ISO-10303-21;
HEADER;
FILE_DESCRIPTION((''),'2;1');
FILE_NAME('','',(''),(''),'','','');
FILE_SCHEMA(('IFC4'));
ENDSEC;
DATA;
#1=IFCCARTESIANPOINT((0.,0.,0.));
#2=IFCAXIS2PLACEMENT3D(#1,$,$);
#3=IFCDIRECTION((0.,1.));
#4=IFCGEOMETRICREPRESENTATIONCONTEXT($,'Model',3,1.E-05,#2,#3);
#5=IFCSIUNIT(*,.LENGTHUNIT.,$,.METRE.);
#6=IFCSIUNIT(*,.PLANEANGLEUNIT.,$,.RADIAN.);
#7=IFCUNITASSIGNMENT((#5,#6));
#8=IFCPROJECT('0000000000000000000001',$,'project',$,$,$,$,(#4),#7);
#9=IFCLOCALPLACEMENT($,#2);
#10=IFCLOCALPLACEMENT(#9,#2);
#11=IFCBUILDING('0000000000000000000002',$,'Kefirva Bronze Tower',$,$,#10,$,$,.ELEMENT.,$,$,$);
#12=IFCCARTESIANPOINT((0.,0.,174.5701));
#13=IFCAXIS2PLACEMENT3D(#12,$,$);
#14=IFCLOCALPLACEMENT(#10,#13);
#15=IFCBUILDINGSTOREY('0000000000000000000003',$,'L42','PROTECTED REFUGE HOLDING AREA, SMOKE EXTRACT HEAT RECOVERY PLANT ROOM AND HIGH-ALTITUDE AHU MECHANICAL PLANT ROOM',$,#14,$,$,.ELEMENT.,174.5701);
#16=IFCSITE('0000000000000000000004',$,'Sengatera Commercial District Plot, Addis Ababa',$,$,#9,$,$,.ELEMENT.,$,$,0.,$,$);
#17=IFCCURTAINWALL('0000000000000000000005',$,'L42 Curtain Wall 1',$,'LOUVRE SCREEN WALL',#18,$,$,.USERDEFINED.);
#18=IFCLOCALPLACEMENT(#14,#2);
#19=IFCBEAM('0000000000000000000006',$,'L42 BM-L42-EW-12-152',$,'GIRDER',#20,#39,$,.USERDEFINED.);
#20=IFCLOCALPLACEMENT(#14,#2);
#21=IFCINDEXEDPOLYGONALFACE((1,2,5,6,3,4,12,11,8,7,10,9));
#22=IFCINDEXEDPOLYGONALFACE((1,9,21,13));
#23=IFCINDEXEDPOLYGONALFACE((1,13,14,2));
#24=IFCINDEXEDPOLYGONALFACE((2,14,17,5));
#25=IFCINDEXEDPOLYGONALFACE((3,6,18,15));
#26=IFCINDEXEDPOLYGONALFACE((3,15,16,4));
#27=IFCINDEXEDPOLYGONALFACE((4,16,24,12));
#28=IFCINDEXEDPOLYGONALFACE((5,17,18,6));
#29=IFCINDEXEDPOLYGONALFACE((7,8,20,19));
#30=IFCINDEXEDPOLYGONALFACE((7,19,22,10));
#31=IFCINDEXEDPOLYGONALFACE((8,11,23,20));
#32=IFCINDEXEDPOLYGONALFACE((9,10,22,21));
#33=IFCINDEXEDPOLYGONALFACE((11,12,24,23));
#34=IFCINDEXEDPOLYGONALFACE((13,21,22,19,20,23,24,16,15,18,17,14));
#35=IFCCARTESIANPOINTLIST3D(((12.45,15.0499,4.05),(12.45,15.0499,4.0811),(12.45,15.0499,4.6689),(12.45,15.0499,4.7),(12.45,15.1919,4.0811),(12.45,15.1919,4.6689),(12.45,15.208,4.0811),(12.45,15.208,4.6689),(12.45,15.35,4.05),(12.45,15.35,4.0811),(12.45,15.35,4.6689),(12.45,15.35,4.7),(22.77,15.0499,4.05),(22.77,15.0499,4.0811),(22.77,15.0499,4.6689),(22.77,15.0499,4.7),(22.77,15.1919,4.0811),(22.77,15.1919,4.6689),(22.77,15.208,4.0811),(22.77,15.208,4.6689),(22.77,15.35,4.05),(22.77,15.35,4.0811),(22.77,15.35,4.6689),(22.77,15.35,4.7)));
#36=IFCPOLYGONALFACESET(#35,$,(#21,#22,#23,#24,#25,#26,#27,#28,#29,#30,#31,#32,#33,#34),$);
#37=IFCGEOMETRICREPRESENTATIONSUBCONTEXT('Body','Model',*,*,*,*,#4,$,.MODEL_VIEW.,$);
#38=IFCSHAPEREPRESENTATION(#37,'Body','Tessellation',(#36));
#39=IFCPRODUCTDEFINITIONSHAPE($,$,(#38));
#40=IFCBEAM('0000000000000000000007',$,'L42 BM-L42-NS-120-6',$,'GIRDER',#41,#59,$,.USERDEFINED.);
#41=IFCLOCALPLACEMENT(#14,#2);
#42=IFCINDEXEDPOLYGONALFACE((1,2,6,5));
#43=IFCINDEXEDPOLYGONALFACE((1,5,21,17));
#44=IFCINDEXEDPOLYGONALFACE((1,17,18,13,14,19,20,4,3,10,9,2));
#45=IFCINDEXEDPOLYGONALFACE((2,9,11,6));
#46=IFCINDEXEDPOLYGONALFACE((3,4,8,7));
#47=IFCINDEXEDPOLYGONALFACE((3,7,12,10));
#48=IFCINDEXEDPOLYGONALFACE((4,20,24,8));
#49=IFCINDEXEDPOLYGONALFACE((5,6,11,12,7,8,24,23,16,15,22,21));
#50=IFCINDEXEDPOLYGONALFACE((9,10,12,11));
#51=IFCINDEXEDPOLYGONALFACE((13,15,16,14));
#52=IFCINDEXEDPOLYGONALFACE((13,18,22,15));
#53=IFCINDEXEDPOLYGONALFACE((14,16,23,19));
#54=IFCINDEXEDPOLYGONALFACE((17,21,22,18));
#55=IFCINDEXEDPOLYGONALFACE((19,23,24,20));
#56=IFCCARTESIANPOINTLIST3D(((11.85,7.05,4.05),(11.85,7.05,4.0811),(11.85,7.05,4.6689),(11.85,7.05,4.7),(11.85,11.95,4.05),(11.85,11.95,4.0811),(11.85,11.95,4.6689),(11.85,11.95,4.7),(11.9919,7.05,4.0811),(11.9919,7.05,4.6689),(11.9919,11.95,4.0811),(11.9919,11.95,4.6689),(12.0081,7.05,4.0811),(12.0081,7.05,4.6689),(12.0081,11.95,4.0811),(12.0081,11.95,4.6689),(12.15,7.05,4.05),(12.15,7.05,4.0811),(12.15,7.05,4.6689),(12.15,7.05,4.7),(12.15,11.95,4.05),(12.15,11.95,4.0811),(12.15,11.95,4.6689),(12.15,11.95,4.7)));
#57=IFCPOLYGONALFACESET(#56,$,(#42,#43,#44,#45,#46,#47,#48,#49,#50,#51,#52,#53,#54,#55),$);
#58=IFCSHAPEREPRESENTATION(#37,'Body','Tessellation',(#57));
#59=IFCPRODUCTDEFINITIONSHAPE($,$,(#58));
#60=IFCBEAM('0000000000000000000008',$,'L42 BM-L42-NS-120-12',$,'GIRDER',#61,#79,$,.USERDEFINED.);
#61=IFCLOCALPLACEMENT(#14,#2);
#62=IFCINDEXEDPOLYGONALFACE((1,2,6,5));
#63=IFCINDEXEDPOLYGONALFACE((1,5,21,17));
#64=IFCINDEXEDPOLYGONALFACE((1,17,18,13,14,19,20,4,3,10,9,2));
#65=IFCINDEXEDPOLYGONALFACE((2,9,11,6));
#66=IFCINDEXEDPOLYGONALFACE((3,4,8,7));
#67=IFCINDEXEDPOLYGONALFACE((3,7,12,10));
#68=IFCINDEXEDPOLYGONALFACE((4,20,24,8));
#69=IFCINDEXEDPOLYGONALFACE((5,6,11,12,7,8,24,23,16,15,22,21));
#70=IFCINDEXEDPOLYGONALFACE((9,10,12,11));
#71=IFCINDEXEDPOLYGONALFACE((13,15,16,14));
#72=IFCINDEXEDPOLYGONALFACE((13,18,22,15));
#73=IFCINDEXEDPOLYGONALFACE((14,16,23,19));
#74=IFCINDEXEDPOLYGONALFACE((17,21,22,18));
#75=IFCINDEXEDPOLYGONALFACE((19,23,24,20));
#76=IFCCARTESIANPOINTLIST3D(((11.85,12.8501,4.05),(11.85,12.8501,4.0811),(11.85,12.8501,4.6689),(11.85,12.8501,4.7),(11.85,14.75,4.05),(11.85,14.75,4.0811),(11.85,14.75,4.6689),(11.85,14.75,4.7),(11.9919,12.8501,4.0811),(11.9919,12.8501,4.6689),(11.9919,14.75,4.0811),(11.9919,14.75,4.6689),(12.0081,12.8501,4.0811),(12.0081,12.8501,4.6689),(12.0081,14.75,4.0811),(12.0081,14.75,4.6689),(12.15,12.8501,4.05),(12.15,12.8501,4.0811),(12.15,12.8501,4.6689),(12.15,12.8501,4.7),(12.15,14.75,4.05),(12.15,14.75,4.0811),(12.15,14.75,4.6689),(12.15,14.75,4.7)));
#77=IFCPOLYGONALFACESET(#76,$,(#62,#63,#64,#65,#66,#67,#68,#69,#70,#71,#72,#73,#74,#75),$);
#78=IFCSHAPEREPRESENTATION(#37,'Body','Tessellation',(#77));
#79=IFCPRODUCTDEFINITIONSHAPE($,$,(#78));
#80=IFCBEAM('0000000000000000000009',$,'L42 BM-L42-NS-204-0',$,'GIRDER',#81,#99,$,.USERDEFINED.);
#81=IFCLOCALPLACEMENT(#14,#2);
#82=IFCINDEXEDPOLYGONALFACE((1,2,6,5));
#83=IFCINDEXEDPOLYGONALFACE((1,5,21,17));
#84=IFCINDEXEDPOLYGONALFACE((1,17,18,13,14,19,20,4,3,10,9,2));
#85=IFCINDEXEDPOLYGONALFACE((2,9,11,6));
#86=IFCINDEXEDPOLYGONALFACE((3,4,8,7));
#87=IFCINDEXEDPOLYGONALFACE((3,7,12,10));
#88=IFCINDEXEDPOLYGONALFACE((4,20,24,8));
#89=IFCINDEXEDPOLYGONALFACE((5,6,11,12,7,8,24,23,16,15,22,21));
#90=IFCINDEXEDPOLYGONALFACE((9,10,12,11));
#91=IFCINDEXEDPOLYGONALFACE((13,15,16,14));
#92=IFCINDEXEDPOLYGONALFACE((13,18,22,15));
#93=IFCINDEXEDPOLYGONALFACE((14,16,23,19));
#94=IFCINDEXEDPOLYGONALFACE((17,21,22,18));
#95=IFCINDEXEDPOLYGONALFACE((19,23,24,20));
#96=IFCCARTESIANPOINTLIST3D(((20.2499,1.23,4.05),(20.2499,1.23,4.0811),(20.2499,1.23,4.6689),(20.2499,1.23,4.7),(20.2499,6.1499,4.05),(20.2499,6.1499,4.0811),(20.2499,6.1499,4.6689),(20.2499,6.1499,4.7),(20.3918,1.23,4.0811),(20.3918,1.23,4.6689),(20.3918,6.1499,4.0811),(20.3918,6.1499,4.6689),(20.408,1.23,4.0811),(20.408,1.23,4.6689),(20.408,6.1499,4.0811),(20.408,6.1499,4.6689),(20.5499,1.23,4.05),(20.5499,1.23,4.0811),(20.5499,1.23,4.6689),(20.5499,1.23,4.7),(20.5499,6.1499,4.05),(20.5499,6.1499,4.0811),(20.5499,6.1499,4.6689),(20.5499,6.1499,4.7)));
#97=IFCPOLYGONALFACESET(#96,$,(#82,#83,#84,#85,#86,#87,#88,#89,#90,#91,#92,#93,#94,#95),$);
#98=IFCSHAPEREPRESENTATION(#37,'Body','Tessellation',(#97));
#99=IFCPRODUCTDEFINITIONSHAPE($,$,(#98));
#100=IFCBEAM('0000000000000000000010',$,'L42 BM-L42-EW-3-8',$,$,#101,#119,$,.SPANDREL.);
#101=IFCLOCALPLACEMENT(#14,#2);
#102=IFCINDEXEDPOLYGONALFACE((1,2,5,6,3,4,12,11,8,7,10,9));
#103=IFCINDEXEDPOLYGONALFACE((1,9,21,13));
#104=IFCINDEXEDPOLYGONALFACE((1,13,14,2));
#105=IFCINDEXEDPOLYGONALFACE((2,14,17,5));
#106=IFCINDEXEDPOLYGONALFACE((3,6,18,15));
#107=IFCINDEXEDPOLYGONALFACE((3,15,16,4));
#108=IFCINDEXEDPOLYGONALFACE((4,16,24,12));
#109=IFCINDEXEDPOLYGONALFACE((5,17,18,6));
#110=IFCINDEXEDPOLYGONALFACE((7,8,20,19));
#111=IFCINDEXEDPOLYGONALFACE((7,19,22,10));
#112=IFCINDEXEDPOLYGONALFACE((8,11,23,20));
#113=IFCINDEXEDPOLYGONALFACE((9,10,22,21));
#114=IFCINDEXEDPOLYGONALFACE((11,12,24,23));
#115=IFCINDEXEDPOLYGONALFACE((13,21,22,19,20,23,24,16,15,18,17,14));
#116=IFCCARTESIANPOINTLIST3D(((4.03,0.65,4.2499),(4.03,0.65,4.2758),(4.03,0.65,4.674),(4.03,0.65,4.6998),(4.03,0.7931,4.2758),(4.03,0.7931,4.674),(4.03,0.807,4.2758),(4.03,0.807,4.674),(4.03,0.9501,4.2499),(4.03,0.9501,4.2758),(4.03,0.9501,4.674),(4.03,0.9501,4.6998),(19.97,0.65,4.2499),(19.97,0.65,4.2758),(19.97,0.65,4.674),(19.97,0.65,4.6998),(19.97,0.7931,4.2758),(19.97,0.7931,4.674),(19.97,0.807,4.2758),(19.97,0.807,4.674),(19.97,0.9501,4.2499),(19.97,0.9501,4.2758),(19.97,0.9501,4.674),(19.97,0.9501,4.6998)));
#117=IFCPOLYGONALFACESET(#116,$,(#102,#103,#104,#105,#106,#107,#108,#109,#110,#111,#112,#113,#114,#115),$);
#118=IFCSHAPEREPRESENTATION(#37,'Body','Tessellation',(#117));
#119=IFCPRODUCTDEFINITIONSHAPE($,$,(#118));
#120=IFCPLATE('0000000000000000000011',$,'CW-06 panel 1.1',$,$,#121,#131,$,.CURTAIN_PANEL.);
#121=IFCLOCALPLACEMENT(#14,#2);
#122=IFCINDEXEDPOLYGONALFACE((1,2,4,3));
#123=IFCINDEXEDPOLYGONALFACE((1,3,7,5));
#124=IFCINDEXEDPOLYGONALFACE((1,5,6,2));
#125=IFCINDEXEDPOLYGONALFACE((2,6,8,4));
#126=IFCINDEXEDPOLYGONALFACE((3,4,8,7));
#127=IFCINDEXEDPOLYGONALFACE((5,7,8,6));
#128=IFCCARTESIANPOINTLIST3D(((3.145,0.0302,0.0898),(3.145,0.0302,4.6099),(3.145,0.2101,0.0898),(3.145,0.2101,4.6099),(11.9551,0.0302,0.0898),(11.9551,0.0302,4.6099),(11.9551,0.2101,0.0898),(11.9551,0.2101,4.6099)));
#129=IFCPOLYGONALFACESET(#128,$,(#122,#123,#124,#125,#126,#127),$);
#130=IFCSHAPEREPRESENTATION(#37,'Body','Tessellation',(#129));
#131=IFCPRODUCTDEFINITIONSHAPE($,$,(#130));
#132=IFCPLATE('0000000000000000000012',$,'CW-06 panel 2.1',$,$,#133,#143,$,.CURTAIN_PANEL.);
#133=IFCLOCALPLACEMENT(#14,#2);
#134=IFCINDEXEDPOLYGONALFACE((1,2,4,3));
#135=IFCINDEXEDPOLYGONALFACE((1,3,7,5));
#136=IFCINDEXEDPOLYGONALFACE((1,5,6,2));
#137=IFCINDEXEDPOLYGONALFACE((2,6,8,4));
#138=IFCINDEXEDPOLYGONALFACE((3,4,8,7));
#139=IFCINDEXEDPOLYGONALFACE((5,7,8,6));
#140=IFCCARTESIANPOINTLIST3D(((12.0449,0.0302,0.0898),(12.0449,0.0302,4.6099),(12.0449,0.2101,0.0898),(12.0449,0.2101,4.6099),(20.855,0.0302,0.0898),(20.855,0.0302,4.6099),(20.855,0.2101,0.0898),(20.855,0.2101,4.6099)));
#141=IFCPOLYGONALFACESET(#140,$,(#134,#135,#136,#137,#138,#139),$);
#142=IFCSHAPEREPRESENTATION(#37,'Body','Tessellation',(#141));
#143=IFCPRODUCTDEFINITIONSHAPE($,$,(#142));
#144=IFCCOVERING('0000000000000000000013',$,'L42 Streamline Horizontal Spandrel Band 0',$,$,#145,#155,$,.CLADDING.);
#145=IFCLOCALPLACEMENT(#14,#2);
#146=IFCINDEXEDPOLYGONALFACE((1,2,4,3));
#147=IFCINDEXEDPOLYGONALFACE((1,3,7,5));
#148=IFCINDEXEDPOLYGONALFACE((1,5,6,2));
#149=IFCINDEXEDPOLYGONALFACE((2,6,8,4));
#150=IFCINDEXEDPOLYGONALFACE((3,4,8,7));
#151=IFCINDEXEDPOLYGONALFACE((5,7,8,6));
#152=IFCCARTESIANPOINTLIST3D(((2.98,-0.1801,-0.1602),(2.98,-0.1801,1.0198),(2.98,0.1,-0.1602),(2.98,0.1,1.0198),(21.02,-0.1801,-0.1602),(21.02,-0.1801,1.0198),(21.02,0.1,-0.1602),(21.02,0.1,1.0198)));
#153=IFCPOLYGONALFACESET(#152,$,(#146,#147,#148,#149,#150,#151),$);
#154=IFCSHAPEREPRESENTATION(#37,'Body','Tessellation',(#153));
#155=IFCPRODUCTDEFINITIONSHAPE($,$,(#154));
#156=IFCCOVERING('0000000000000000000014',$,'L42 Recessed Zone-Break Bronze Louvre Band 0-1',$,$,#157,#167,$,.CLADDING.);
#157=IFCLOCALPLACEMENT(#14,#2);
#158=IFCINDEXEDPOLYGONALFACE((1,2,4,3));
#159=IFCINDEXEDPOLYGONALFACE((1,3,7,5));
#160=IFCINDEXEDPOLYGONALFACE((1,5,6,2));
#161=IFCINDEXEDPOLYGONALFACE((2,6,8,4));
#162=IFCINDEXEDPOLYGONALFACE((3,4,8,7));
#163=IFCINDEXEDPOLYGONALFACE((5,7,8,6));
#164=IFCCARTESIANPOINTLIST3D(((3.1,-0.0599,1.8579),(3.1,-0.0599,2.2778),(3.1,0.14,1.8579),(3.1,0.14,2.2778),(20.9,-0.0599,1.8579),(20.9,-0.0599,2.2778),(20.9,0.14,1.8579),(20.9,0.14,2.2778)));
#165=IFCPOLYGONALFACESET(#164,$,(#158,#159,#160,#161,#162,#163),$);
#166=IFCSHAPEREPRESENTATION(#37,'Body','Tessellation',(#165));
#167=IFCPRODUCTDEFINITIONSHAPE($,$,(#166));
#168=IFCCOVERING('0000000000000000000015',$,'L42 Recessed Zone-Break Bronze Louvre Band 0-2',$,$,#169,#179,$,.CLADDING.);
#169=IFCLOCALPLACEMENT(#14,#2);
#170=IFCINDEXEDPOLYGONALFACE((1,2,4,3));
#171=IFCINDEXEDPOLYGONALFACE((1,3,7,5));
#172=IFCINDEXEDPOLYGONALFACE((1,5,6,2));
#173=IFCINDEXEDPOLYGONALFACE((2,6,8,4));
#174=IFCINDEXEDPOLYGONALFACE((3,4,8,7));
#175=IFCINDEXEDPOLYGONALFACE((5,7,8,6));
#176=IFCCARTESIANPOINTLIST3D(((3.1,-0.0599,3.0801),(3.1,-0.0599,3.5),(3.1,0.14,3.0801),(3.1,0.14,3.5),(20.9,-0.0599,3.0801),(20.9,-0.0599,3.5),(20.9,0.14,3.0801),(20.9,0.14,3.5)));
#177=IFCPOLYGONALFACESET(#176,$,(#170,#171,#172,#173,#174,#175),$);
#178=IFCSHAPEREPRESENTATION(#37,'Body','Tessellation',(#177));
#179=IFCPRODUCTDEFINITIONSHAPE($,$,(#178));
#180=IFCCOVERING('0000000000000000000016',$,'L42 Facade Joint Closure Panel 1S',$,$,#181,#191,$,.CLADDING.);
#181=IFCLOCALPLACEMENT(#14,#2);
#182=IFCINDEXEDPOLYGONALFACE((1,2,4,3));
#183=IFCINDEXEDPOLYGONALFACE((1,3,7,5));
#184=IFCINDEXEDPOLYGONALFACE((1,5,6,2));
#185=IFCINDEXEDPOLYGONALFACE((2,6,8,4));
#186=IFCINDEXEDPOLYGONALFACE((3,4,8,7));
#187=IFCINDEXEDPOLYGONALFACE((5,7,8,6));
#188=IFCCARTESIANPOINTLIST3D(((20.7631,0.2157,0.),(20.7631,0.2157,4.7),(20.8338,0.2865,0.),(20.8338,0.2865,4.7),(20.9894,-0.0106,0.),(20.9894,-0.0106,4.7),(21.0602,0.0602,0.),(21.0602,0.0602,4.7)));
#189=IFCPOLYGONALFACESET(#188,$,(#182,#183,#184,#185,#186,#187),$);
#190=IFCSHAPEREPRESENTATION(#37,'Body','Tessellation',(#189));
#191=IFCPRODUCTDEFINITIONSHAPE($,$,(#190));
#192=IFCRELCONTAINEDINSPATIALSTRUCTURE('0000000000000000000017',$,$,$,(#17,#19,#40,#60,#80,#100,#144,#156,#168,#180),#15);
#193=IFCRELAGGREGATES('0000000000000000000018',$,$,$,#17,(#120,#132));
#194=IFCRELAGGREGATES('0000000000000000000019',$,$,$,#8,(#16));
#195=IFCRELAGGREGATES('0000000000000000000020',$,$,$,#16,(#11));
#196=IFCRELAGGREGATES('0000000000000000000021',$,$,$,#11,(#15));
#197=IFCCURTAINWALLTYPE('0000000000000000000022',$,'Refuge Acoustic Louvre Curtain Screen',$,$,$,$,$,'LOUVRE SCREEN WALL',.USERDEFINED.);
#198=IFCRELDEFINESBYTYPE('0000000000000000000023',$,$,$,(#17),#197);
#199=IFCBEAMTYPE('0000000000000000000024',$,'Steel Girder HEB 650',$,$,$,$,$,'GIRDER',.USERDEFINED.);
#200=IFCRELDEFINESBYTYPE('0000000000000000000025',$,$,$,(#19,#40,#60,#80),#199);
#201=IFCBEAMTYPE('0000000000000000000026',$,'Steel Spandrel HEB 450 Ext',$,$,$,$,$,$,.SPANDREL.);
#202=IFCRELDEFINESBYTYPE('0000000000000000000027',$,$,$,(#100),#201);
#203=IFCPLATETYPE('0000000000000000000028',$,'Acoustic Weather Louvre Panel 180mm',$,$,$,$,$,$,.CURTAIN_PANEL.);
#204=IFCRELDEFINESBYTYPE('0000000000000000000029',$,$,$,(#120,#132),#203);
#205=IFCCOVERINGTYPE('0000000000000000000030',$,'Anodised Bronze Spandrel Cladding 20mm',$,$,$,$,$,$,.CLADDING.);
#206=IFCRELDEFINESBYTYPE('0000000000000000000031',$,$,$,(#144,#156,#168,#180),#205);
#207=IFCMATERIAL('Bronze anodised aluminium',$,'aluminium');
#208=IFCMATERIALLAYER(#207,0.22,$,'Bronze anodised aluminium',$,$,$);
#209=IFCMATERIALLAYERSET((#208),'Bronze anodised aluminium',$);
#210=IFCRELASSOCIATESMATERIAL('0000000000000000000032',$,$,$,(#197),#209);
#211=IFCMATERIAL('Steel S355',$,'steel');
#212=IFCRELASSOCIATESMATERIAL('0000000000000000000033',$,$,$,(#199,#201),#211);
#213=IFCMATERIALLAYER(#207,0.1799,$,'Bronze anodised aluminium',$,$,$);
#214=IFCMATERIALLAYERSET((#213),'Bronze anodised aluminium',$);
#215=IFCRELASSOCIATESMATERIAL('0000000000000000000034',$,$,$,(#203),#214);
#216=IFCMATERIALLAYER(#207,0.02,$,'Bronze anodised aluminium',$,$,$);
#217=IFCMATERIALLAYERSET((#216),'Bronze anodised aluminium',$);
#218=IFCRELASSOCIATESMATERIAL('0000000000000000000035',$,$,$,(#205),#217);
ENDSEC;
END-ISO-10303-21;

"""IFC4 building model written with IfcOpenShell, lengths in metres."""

from ifc_helpers import new_model, si_unit, direction, frame, origin, origin_2d, place, context, subcontext, project, spatial, rectangle, i_section, extrude, material, layer, layer_set, material_profile, profile_set, type_object, element, aggregate, save


model = new_model("IFC4")

# Units and contexts
model_context = context("Model", 3, precision=1e-05, world=origin(), true_north=direction((0.0, 1.0)))
body_context = subcontext(model_context, "Body", "Model", "MODEL_VIEW")
ifc_project = project(units=[si_unit("LENGTHUNIT", "METRE"), si_unit("PLANEANGLEUNIT", "RADIAN")], contexts=[model_context])

# Site, building, storey
site_placement = place(None, origin())
site = spatial("IfcSite", under=ifc_project, at=site_placement, Name="Sengatera Commercial District Plot, Addis Ababa", CompositionType="ELEMENT", RefElevation=0.0)
building_placement = place(site_placement, origin())
building = spatial("IfcBuilding", under=site, at=building_placement, Name="Kefirva Bronze Tower", CompositionType="ELEMENT")
storey_placement = place(building_placement, frame((0.0, 0.0, 174.5701)))
storey = spatial("IfcBuildingStorey", under=building, at=storey_placement, Name="L42", Description="PROTECTED REFUGE HOLDING AREA, SMOKE EXTRACT HEAT RECOVERY PLANT ROOM AND HIGH-ALTITUDE AHU MECHANICAL PLANT ROOM", CompositionType="ELEMENT", Elevation=174.5701)

# Curtain wall
ifc_material_1 = material(Name="Bronze anodised aluminium", Category="aluminium")
ifc_layer_1 = layer(ifc_material_1, 0.22, Name="Bronze anodised aluminium")
ifc_layer_set_1 = layer_set([ifc_layer_1], Name="Bronze anodised aluminium")
curtain_wall_type = type_object("IfcCurtainWallType", Name="Refuge Acoustic Louvre Curtain Screen", ElementType="LOUVRE SCREEN WALL", PredefinedType="USERDEFINED", material=ifc_layer_set_1)
curtain_wall_placement = place(storey_placement, origin())
curtain_wall = element("IfcCurtainWall", 1, at=curtain_wall_placement, inside=storey, type_object=curtain_wall_type, Name="L42 Curtain Wall 1", ObjectType="LOUVRE SCREEN WALL", PredefinedType="USERDEFINED")

# Beams
ifc_material_2 = material(Name="Steel S355", Category="steel")
ifc_material_profile_1 = material_profile(ifc_material_2, i_section(OverallWidth=0.3, OverallDepth=0.6499, WebThickness=0.0161, FlangeThickness=0.031, at=origin_2d()), Name="HEB 650")
ifc_profile_set_1 = profile_set([ifc_material_profile_1], Name="Steel S355")
beam_type_1 = type_object("IfcBeamType", Name="Steel Girder HEB 650", ElementType="GIRDER", PredefinedType="USERDEFINED", material=ifc_profile_set_1)
for number, where, z_axis, x_axis, name in (
    (2, (12.45, 15.2, 4.375), (1.0, 0.0, 0.0), (0.0, 1.0, 0.0), "L42 BM-L42-EW-12-152"),
):
    element("IfcBeam", number, at=place(storey_placement, frame(where, z_axis=z_axis, x_axis=x_axis)), inside=storey, type_object=beam_type_1, Name=name, ObjectType="GIRDER", PredefinedType="USERDEFINED", context=body_context, shape_type="SweptSolid", body=[
        extrude(i_section(OverallWidth=0.3, OverallDepth=0.6499, WebThickness=0.0161, FlangeThickness=0.031, at=origin_2d()), origin(), (0.0, 0.0, 1.0), 10.3201),
    ])
beam_1_placement = place(storey_placement, frame((12.0, 7.05, 4.375), z_axis=(0.0, 1.0, 0.0), x_axis=(-1.0, 0.0, 0.0)))
element("IfcBeam", 3, at=beam_1_placement, inside=storey, type_object=beam_type_1, Name="L42 BM-L42-NS-120-6", ObjectType="GIRDER", PredefinedType="USERDEFINED", context=body_context, shape_type="SweptSolid", body=[
    extrude(i_section(OverallWidth=0.3, OverallDepth=0.6499, WebThickness=0.0161, FlangeThickness=0.031, at=origin_2d()), origin(), (0.0, 0.0, 1.0), 4.8999),
])
beam_2_placement = place(storey_placement, frame((12.0, 12.8501, 4.375), z_axis=(0.0, 1.0, 0.0), x_axis=(-1.0, 0.0, 0.0)))
element("IfcBeam", 4, at=beam_2_placement, inside=storey, type_object=beam_type_1, Name="L42 BM-L42-NS-120-12", ObjectType="GIRDER", PredefinedType="USERDEFINED", context=body_context, shape_type="SweptSolid", body=[
    extrude(i_section(OverallWidth=0.3, OverallDepth=0.6499, WebThickness=0.0161, FlangeThickness=0.031, at=origin_2d()), origin(), (0.0, 0.0, 1.0), 1.8999),
])
beam_3_placement = place(storey_placement, frame((20.3999, 1.23, 4.375), z_axis=(0.0, 1.0, 0.0), x_axis=(-1.0, 0.0, 0.0)))
element("IfcBeam", 5, at=beam_3_placement, inside=storey, type_object=beam_type_1, Name="L42 BM-L42-NS-204-0", ObjectType="GIRDER", PredefinedType="USERDEFINED", context=body_context, shape_type="SweptSolid", body=[
    extrude(i_section(OverallWidth=0.3, OverallDepth=0.6499, WebThickness=0.0161, FlangeThickness=0.031, at=origin_2d()), origin(), (0.0, 0.0, 1.0), 4.9199),
])
ifc_material_profile_2 = material_profile(ifc_material_2, i_section(OverallWidth=0.3, OverallDepth=0.45, WebThickness=0.0139, FlangeThickness=0.0259, at=origin_2d()), Name="HEB 450")
ifc_profile_set_2 = profile_set([ifc_material_profile_2], Name="Steel S355")
beam_type_2 = type_object("IfcBeamType", Name="Steel Spandrel HEB 450 Ext", PredefinedType="SPANDREL", material=ifc_profile_set_2)
beam_4_placement = place(storey_placement, frame((4.03, 0.8, 4.4749), z_axis=(1.0, 0.0, 0.0), x_axis=(0.0, 1.0, 0.0)))
element("IfcBeam", 6, at=beam_4_placement, inside=storey, type_object=beam_type_2, Name="L42 BM-L42-EW-3-8", PredefinedType="SPANDREL", context=body_context, shape_type="SweptSolid", body=[
    extrude(i_section(OverallWidth=0.3, OverallDepth=0.45, WebThickness=0.0139, FlangeThickness=0.0259, at=origin_2d()), origin(), (0.0, 0.0, 1.0), 15.9399),
])

# Plates
ifc_layer_2 = layer(ifc_material_1, 0.1799, Name="Bronze anodised aluminium")
ifc_layer_set_2 = layer_set([ifc_layer_2], Name="Bronze anodised aluminium")
plate_type = type_object("IfcPlateType", Name="Acoustic Weather Louvre Panel 180mm", PredefinedType="CURTAIN_PANEL", material=ifc_layer_set_2)
plate_1_placement = place(storey_placement, frame((7.55, 0.1201, 0.0898), z_axis=(0.0, 0.0, 1.0), x_axis=(1.0, 0.0, 0.0)))
plate_1 = element("IfcPlate", 7, at=plate_1_placement, type_object=plate_type, Name="CW-06 panel 1.1", PredefinedType="CURTAIN_PANEL", context=body_context, shape_type="SweptSolid", body=[
    extrude(rectangle(XDim=8.8101, YDim=0.1799, at=origin_2d()), origin(), (0.0, 0.0, 1.0), 4.52),
])
plate_2_placement = place(storey_placement, frame((16.45, 0.1201, 0.0898), z_axis=(0.0, 0.0, 1.0), x_axis=(1.0, 0.0, 0.0)))
plate_2 = element("IfcPlate", 8, at=plate_2_placement, type_object=plate_type, Name="CW-06 panel 2.1", PredefinedType="CURTAIN_PANEL", context=body_context, shape_type="SweptSolid", body=[
    extrude(rectangle(XDim=8.8101, YDim=0.1799, at=origin_2d()), origin(), (0.0, 0.0, 1.0), 4.52),
])
aggregate(curtain_wall, [plate_1, plate_2])

# Coverings
ifc_layer_3 = layer(ifc_material_1, 0.02, Name="Bronze anodised aluminium")
ifc_layer_set_3 = layer_set([ifc_layer_3], Name="Bronze anodised aluminium")
covering_type_1 = type_object("IfcCoveringType", Name="Anodised Bronze Spandrel Cladding 20mm", PredefinedType="CLADDING", material=ifc_layer_set_3)
covering_1_placement = place(storey_placement, frame((12.0, -0.04, -0.1602), z_axis=(0.0, 0.0, 1.0), x_axis=(1.0, 0.0, 0.0)))
element("IfcCovering", 9, at=covering_1_placement, inside=storey, type_object=covering_type_1, Name="L42 Streamline Horizontal Spandrel Band 0", PredefinedType="CLADDING", context=body_context, shape_type="SweptSolid", body=[
    extrude(rectangle(XDim=18.04, YDim=0.28, at=origin_2d()), origin(), (0.0, 0.0, 1.0), 1.1799),
])
for number, where, z_axis, x_axis, name in (
    (10, (12.0, 0.04, 1.8579), (0.0, 0.0, 1.0), (1.0, 0.0, 0.0), "L42 Recessed Zone-Break Bronze Louvre Band 0-1"),
    (11, (12.0, 0.04, 3.0801), (0.0, 0.0, 1.0), (1.0, 0.0, 0.0), "L42 Recessed Zone-Break Bronze Louvre Band 0-2"),
):
    element("IfcCovering", number, at=place(storey_placement, frame(where, z_axis=z_axis, x_axis=x_axis)), inside=storey, type_object=covering_type_1, Name=name, PredefinedType="CLADDING", context=body_context, shape_type="SweptSolid", body=[
        extrude(rectangle(XDim=17.8, YDim=0.2, at=origin_2d()), origin(), (0.0, 0.0, 1.0), 0.4199),
    ])
covering_2_placement = place(storey_placement, frame((20.9116, 0.1379, 0.0), z_axis=(0.0, 0.0, 1.0), x_axis=(0.707107, 0.707107, 0.0)))
element("IfcCovering", 12, at=covering_2_placement, inside=storey, type_object=covering_type_1, Name="L42 Facade Joint Closure Panel 1S", PredefinedType="CLADDING", context=body_context, shape_type="SweptSolid", body=[
    extrude(rectangle(XDim=0.1001, YDim=0.3201, at=origin_2d()), origin(), (0.0, 0.0, 1.0), 4.7),
])

save(model, "model.ifc")
